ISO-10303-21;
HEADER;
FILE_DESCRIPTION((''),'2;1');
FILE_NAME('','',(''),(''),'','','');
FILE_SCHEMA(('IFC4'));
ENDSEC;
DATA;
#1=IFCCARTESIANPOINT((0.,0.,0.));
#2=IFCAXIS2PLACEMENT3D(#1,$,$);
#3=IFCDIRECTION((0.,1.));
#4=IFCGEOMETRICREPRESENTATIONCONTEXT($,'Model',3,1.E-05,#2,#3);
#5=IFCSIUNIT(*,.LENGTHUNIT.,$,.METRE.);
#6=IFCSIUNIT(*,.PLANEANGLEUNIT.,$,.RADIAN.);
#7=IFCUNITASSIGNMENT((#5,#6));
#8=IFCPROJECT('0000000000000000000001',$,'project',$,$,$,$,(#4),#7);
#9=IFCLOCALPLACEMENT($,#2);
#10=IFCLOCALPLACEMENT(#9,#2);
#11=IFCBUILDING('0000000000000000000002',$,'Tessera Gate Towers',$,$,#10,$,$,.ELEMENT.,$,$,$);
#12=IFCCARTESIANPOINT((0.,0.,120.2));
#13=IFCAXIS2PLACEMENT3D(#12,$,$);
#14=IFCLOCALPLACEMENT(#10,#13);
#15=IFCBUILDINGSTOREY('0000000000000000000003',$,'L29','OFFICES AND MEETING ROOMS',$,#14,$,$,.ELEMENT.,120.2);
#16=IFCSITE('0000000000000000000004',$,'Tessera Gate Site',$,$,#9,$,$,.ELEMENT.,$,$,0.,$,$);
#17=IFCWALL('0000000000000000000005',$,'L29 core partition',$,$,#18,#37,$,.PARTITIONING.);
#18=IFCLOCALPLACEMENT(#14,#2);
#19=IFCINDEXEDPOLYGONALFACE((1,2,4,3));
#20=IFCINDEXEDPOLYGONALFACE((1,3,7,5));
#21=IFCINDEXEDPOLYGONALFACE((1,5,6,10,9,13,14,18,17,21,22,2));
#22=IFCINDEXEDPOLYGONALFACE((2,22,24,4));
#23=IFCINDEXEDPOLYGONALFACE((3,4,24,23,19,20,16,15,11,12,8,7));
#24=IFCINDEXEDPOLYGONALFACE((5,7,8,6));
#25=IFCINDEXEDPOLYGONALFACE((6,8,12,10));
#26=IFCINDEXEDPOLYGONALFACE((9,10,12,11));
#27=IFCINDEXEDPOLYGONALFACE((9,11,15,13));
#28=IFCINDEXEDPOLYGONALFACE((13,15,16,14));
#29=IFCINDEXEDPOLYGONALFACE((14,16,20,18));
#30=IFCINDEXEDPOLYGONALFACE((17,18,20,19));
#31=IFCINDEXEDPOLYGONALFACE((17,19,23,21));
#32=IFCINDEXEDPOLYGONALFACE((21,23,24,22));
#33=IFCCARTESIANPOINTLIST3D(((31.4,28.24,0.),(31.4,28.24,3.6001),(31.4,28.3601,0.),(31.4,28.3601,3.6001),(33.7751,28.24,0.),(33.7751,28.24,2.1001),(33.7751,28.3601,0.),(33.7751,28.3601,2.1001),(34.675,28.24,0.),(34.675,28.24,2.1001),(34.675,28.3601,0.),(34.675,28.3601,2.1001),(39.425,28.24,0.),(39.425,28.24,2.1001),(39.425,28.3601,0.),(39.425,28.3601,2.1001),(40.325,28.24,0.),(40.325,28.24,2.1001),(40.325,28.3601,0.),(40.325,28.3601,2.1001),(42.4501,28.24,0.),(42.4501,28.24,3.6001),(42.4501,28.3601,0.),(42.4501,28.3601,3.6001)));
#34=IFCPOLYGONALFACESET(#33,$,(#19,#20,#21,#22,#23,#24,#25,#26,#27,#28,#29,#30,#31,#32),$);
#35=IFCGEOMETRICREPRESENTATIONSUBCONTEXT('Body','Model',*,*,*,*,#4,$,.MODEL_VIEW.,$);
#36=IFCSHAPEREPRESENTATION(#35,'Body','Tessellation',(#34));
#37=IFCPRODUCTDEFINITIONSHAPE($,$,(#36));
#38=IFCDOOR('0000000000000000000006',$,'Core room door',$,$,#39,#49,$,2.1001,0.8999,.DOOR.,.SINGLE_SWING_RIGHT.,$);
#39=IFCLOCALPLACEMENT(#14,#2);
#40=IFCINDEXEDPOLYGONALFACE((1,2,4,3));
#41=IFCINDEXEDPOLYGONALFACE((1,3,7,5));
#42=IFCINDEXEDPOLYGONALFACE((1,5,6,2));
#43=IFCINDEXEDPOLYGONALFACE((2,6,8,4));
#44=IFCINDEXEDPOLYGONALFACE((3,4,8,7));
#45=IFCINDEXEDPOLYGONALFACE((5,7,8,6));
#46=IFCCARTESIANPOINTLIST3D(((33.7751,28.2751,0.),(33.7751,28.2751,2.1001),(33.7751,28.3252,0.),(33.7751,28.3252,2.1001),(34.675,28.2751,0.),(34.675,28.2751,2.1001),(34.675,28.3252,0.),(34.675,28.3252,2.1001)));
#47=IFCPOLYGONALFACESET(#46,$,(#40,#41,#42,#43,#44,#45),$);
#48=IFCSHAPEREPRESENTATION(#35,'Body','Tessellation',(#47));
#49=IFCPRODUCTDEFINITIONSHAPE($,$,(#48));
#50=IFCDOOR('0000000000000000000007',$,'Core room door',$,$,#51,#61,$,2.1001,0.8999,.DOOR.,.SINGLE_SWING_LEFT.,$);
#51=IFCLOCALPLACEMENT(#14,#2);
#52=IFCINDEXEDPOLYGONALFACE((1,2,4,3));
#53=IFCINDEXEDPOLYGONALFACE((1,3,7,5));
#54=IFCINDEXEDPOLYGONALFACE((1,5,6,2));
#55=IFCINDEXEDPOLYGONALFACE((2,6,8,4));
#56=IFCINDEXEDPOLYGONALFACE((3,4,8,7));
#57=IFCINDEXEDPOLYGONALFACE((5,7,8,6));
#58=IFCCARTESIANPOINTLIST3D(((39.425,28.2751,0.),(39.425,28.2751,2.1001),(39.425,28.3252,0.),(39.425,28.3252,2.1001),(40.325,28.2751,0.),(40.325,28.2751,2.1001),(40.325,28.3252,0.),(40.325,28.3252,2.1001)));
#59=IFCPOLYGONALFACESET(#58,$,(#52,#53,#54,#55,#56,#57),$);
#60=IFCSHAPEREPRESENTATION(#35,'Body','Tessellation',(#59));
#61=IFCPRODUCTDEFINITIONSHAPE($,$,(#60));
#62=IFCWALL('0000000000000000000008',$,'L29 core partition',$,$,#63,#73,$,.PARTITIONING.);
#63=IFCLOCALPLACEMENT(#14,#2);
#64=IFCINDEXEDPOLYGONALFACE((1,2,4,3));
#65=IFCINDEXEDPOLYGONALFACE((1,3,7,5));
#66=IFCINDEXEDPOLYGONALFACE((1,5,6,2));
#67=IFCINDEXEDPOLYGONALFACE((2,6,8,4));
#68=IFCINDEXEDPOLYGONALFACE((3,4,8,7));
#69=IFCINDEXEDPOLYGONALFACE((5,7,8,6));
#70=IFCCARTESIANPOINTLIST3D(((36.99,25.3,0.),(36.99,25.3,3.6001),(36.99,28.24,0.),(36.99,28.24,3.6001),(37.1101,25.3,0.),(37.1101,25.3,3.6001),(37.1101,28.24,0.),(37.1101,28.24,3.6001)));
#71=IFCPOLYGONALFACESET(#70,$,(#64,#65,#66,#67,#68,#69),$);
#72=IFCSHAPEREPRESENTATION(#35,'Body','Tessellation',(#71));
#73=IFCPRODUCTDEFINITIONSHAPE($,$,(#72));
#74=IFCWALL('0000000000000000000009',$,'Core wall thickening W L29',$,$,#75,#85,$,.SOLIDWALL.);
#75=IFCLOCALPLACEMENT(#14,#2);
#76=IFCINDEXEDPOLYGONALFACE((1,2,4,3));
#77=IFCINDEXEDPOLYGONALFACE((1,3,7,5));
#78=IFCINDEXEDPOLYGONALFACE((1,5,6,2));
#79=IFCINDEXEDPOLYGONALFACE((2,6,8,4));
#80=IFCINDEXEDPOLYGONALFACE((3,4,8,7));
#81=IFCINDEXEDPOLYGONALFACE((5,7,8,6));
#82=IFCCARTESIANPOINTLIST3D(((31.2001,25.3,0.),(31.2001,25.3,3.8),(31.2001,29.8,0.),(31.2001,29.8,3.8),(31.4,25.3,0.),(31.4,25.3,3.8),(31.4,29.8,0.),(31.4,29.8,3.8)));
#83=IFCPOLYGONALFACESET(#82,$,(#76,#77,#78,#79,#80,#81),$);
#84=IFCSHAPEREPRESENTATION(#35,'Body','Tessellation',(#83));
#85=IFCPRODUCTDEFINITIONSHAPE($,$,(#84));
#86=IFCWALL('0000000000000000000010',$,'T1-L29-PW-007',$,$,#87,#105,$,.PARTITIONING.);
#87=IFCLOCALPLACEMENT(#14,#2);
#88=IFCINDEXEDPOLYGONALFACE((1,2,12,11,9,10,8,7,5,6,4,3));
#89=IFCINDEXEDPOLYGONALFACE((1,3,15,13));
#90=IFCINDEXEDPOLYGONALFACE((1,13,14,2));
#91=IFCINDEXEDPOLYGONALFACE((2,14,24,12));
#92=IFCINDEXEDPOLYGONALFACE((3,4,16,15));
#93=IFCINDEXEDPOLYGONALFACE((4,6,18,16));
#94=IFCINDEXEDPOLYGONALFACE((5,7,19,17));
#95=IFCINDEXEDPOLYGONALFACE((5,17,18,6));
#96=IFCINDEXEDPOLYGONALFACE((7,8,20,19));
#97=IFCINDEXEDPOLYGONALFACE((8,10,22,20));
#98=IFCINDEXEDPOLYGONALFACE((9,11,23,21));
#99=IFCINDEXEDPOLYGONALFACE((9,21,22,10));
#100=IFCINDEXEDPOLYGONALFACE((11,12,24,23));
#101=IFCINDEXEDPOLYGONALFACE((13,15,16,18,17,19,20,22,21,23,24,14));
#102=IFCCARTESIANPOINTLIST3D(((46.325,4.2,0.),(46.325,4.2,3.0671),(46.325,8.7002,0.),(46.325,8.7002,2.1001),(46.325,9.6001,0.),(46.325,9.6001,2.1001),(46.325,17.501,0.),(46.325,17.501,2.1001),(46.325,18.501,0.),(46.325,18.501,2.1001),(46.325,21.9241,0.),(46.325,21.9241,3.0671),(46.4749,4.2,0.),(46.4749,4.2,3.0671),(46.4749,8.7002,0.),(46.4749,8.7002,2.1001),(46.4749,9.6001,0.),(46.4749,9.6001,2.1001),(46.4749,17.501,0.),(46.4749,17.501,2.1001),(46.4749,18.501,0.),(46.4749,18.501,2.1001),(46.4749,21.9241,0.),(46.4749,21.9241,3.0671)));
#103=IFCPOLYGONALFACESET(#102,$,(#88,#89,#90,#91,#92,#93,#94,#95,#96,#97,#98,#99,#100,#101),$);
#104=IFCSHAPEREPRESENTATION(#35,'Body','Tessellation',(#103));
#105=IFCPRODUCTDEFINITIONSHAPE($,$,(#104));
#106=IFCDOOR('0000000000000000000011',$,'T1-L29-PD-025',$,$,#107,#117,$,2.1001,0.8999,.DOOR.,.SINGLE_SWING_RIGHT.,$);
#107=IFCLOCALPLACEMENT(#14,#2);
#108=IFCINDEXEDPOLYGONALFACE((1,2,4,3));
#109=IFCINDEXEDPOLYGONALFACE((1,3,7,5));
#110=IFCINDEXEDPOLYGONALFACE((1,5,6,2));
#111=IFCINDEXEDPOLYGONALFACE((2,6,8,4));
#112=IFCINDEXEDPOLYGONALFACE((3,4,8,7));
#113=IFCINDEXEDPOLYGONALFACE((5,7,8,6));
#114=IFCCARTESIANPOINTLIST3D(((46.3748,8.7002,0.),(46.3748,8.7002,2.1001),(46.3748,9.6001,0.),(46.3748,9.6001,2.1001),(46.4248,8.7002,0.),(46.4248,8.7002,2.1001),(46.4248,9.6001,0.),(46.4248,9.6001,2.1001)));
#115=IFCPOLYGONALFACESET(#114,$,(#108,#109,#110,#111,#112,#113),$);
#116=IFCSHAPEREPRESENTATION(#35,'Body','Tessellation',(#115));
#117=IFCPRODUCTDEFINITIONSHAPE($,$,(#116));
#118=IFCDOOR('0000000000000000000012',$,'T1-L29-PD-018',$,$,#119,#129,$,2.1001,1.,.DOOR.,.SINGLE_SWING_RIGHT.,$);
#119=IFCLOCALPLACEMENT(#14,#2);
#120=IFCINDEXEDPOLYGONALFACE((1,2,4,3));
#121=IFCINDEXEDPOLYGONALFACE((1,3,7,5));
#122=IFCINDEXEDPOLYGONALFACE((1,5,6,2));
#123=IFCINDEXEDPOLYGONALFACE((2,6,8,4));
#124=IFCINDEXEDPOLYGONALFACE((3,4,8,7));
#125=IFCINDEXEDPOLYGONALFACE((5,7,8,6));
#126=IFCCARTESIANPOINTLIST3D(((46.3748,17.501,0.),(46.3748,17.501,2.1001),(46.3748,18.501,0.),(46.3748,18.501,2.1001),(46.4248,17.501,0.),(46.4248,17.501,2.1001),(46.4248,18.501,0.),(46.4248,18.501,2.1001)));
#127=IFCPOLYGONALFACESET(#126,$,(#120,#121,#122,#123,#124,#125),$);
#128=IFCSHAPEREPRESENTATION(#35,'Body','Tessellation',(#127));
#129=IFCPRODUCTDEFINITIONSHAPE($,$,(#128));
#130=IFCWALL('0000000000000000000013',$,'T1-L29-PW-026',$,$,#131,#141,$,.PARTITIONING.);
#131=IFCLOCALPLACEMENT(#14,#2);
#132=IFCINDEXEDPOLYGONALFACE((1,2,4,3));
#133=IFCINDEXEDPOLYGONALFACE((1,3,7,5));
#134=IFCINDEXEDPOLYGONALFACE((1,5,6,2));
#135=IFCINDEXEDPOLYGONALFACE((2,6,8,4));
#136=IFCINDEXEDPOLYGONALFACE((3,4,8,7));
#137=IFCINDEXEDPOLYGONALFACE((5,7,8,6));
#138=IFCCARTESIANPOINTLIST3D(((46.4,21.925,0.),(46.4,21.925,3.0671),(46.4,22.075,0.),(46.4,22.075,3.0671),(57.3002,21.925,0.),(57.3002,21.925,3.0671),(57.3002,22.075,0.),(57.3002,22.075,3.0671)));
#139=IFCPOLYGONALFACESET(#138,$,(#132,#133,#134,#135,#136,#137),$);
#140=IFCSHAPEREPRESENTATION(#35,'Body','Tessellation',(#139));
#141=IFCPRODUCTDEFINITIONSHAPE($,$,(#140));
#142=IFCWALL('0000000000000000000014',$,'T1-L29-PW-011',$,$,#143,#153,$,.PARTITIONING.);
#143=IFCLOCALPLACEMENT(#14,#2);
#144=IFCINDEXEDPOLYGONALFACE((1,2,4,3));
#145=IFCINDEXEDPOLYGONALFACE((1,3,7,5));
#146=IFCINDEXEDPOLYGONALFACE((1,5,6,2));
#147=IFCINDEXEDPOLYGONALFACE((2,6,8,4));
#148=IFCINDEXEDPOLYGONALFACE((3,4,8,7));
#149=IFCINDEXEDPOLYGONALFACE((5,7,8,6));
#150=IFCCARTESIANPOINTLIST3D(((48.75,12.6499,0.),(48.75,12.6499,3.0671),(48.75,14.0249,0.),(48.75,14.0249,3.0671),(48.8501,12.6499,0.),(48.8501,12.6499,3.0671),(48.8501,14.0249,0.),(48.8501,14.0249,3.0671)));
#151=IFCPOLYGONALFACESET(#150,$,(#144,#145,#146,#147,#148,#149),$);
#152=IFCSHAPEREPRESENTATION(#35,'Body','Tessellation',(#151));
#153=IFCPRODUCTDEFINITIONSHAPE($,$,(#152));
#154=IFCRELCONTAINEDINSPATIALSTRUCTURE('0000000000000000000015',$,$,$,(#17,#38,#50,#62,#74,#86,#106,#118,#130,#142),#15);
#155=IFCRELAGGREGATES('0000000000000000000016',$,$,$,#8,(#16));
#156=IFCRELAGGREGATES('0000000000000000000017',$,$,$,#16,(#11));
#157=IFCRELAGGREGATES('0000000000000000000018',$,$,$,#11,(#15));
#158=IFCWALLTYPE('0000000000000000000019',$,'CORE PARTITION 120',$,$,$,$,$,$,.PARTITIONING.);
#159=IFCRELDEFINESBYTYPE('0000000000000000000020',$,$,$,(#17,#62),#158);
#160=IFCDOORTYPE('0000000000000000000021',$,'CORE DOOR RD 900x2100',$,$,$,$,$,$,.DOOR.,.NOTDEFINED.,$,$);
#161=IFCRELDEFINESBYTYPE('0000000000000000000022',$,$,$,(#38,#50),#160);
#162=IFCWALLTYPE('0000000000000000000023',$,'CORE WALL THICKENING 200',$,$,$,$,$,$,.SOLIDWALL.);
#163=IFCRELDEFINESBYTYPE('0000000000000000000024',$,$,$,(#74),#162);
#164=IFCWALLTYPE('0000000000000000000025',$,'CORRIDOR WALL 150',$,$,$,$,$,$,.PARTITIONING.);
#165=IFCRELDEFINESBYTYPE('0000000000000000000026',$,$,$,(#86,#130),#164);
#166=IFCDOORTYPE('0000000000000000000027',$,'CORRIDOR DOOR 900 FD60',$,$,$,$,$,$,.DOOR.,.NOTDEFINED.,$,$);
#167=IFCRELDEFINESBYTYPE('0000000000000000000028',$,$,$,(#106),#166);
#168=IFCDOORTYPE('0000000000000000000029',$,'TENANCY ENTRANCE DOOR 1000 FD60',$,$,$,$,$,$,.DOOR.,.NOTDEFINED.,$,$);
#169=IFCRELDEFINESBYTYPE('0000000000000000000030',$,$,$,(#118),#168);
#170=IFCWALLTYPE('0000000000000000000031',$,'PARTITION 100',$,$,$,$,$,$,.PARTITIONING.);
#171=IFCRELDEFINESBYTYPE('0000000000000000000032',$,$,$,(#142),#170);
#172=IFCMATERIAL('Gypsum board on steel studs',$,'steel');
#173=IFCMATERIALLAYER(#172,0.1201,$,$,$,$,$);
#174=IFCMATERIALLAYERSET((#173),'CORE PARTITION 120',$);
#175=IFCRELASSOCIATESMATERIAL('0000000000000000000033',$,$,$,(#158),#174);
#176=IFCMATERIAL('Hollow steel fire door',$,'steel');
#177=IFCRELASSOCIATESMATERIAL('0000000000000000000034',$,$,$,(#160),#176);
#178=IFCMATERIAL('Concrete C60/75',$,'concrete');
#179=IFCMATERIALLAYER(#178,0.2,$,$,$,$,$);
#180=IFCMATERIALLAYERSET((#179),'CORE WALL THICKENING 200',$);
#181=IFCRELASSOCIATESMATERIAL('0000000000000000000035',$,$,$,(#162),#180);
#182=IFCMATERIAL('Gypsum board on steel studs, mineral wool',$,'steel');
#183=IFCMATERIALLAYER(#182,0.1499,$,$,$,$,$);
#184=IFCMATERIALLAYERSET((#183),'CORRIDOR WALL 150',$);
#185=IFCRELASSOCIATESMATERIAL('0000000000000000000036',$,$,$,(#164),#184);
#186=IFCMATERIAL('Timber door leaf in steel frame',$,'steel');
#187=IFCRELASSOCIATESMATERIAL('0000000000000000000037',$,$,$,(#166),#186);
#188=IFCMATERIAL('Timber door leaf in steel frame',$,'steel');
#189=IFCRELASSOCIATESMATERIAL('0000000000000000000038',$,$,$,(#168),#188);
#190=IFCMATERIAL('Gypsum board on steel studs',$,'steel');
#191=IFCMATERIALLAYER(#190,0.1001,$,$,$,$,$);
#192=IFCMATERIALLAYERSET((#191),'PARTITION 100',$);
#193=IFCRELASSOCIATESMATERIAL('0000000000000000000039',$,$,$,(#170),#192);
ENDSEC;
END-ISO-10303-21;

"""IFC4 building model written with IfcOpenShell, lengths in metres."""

from ifc_helpers import new_model, si_unit, direction, frame, frame_2d, origin, place, context, subcontext, project, spatial, rectangle, extrude, source, transform, mapped, material, layer, layer_set, type_object, element, fill, save


model = new_model("IFC4")

# Units and contexts
model_context = context("Model", 3, precision=1e-05, world=origin(), true_north=direction((0.0, 1.0)))
body_context = subcontext(model_context, "Body", "Model", "MODEL_VIEW")
ifc_project = project(units=[si_unit("LENGTHUNIT", "METRE"), si_unit("PLANEANGLEUNIT", "RADIAN")], contexts=[model_context])

# Site, building, storey
site_placement = place(None, origin())
site = spatial("IfcSite", under=ifc_project, at=site_placement, Name="Tessera Gate Site", CompositionType="ELEMENT", RefElevation=0.0)
building_placement = place(site_placement, origin())
building = spatial("IfcBuilding", under=site, at=building_placement, Name="Tessera Gate Towers", CompositionType="ELEMENT")
storey_placement = place(building_placement, frame((0.0, 0.0, 120.2)))
storey = spatial("IfcBuildingStorey", under=building, at=storey_placement, Name="L29", Description="OFFICES AND MEETING ROOMS", CompositionType="ELEMENT", Elevation=120.2)

# Wall, openings, doors
ifc_material_1 = material(Name="Gypsum board on steel studs", Category="steel")
ifc_layer_1 = layer(ifc_material_1, 0.1201)
ifc_layer_set_1 = layer_set([ifc_layer_1], Name="CORE PARTITION 120")
wall_type_1 = type_object("IfcWallType", Name="CORE PARTITION 120", PredefinedType="PARTITIONING", material=ifc_layer_set_1)
wall_1_placement = place(storey_placement, frame((42.45, 28.3, 0.0), z_axis=(0.0, 0.0, 1.0), x_axis=(-1.0, 0.0, 0.0)))
wall_1 = element("IfcWall", 1, at=wall_1_placement, inside=storey, type_object=wall_type_1, Name="L29 core partition", PredefinedType="PARTITIONING", context=body_context, shape_type="SweptSolid", body=[
    extrude(rectangle(XDim=11.05, YDim=0.1201, at=frame_2d((5.5249, 0.0))), origin(), (0.0, 0.0, 1.0), 3.6001),
])
shared_shape_1 = source(origin(), body_context, "Body", "SweptSolid", [
    extrude(rectangle(XDim=0.8999, YDim=2.1001, at=frame_2d((0.45, 1.05))), frame((0.0, 0.0701, 0.0), z_axis=(0.0, -1.0, 0.0), x_axis=(1.0, 0.0, 0.0)), (0.0, 0.0, 1.0), 0.1401),
])
opening_1_placement = place(wall_1_placement, frame((7.7749, 0.0, 0.0)))
opening_1 = element("IfcOpeningElement", 2, at=opening_1_placement, cuts=wall_1, PredefinedType="OPENING", context=body_context, shape_type="MappedRepresentation", body=[
    mapped(shared_shape_1, transform((0.0, 0.0, 0.0), scale=1.0)),
])
opening_2_placement = place(wall_1_placement, frame((2.125, 0.0, 0.0)))
opening_2 = element("IfcOpeningElement", 3, at=opening_2_placement, cuts=wall_1, PredefinedType="OPENING", context=body_context, shape_type="MappedRepresentation", body=[
    mapped(shared_shape_1, transform((0.0, 0.0, 0.0), scale=1.0)),
])
ifc_material_2 = material(Name="Hollow steel fire door", Category="steel")
door_type_1 = type_object("IfcDoorType", Name="CORE DOOR RD 900x2100", OperationType="NOTDEFINED", PredefinedType="DOOR", material=ifc_material_2)
shared_shape_2 = source(origin(), body_context, "Body", "SweptSolid", [
    extrude(rectangle(XDim=0.8999, YDim=2.1001, at=frame_2d((0.45, 1.05))), frame((0.0, 0.0249, 0.0), z_axis=(0.0, -1.0, 0.0), x_axis=(1.0, 0.0, 0.0)), (0.0, 0.0, 1.0), 0.05),
])
door_1_placement = place(opening_1_placement, origin())
door_1 = element("IfcDoor", 4, at=door_1_placement, inside=storey, type_object=door_type_1, Name="Core room door", OperationType="SINGLE_SWING_RIGHT", OverallHeight=2.1001, OverallWidth=0.8999, PredefinedType="DOOR", context=body_context, shape_type="MappedRepresentation", body=[
    mapped(shared_shape_2, transform((0.0, 0.0, 0.0), scale=1.0)),
])
fill(opening_1, door_1)
door_2_placement = place(opening_2_placement, origin())
door_2 = element("IfcDoor", 5, at=door_2_placement, inside=storey, type_object=door_type_1, Name="Core room door", OperationType="SINGLE_SWING_LEFT", OverallHeight=2.1001, OverallWidth=0.8999, PredefinedType="DOOR", context=body_context, shape_type="MappedRepresentation", body=[
    mapped(shared_shape_2, transform((0.0, 0.0, 0.0), scale=1.0)),
])
fill(opening_2, door_2)

# Walls
wall_2_placement = place(storey_placement, frame((37.05, 25.3, 0.0), z_axis=(0.0, 0.0, 1.0), x_axis=(0.0, 1.0, 0.0)))
element("IfcWall", 6, at=wall_2_placement, inside=storey, type_object=wall_type_1, Name="L29 core partition", PredefinedType="PARTITIONING", context=body_context, shape_type="SweptSolid", body=[
    extrude(rectangle(XDim=2.9399, YDim=0.1201, at=frame_2d((1.47, 0.0))), origin(), (0.0, 0.0, 1.0), 3.6001),
])
ifc_material_3 = material(Name="Concrete C60/75", Category="concrete")
ifc_layer_2 = layer(ifc_material_3, 0.2)
ifc_layer_set_2 = layer_set([ifc_layer_2], Name="CORE WALL THICKENING 200")
wall_type_2 = type_object("IfcWallType", Name="CORE WALL THICKENING 200", PredefinedType="SOLIDWALL", material=ifc_layer_set_2)
wall_3_placement = place(storey_placement, frame((31.3, 25.3, 0.0), z_axis=(0.0, 0.0, 1.0), x_axis=(0.0, 1.0, 0.0)))
element("IfcWall", 7, at=wall_3_placement, inside=storey, type_object=wall_type_2, Name="Core wall thickening W L29", PredefinedType="SOLIDWALL", context=body_context, shape_type="SweptSolid", body=[
    extrude(rectangle(XDim=4.5, YDim=0.2, at=frame_2d((2.25, 0.0))), origin(), (0.0, 0.0, 1.0), 3.8),
])

# Wall, openings, doors
ifc_material_4 = material(Name="Gypsum board on steel studs, mineral wool", Category="steel")
ifc_layer_3 = layer(ifc_material_4, 0.1499)
ifc_layer_set_3 = layer_set([ifc_layer_3], Name="CORRIDOR WALL 150")
wall_type_3 = type_object("IfcWallType", Name="CORRIDOR WALL 150", PredefinedType="PARTITIONING", material=ifc_layer_set_3)
wall_4_placement = place(storey_placement, frame((46.3999, 21.9241, 0.0), z_axis=(0.0, 0.0, 1.0), x_axis=(0.0, -1.0, 0.0)))
wall_4 = element("IfcWall", 8, at=wall_4_placement, inside=storey, type_object=wall_type_3, Name="T1-L29-PW-007", PredefinedType="PARTITIONING", context=body_context, shape_type="SweptSolid", body=[
    extrude(rectangle(XDim=17.7241, YDim=0.1499, at=frame_2d((8.8621, 0.0))), origin(), (0.0, 0.0, 1.0), 3.0671),
])
shared_shape_3 = source(origin(), body_context, "Body", "SweptSolid", [
    extrude(rectangle(XDim=1.0, YDim=2.1001, at=frame_2d((0.5, 1.05))), frame((0.0, 0.085, 0.0), z_axis=(0.0, -1.0, 0.0), x_axis=(1.0, 0.0, 0.0)), (0.0, 0.0, 1.0), 0.1699),
])
opening_3_placement = place(wall_4_placement, frame((3.4231, 0.0, 0.0)))
opening_3 = element("IfcOpeningElement", 9, at=opening_3_placement, cuts=wall_4, PredefinedType="OPENING", context=body_context, shape_type="MappedRepresentation", body=[
    mapped(shared_shape_3, transform((0.0, 0.0, 0.0), scale=1.0)),
])
shared_shape_4 = source(origin(), body_context, "Body", "SweptSolid", [
    extrude(rectangle(XDim=0.8999, YDim=2.1001, at=frame_2d((0.45, 1.05))), frame((0.0, 0.085, 0.0), z_axis=(0.0, -1.0, 0.0), x_axis=(1.0, 0.0, 0.0)), (0.0, 0.0, 1.0), 0.1699),
])
opening_4_placement = place(wall_4_placement, frame((12.324, 0.0, 0.0)))
opening_4 = element("IfcOpeningElement", 10, at=opening_4_placement, cuts=wall_4, PredefinedType="OPENING", context=body_context, shape_type="MappedRepresentation", body=[
    mapped(shared_shape_4, transform((0.0, 0.0, 0.0), scale=1.0)),
])
ifc_material_5 = material(Name="Timber door leaf in steel frame", Category="steel")
door_type_2 = type_object("IfcDoorType", Name="CORRIDOR DOOR 900 FD60", OperationType="NOTDEFINED", PredefinedType="DOOR", material=ifc_material_5)
door_3_placement = place(opening_4_placement, origin())
door_3 = element("IfcDoor", 11, at=door_3_placement, inside=storey, type_object=door_type_2, Name="T1-L29-PD-025", OperationType="SINGLE_SWING_RIGHT", OverallHeight=2.1001, OverallWidth=0.8999, PredefinedType="DOOR", context=body_context, shape_type="MappedRepresentation", body=[
    mapped(shared_shape_2, transform((0.0, 0.0, 0.0), scale=1.0)),
])
fill(opening_4, door_3)
ifc_material_6 = material(Name="Timber door leaf in steel frame", Category="steel")
door_type_3 = type_object("IfcDoorType", Name="TENANCY ENTRANCE DOOR 1000 FD60", OperationType="NOTDEFINED", PredefinedType="DOOR", material=ifc_material_6)
shared_shape_5 = source(origin(), body_context, "Body", "SweptSolid", [
    extrude(rectangle(XDim=1.0, YDim=2.1001, at=frame_2d((0.5, 1.05))), frame((0.0, 0.0249, 0.0), z_axis=(0.0, -1.0, 0.0), x_axis=(1.0, 0.0, 0.0)), (0.0, 0.0, 1.0), 0.05),
])
door_4_placement = place(opening_3_placement, origin())
door_4 = element("IfcDoor", 12, at=door_4_placement, inside=storey, type_object=door_type_3, Name="T1-L29-PD-018", OperationType="SINGLE_SWING_RIGHT", OverallHeight=2.1001, OverallWidth=1.0, PredefinedType="DOOR", context=body_context, shape_type="MappedRepresentation", body=[
    mapped(shared_shape_5, transform((0.0, 0.0, 0.0), scale=1.0)),
])
fill(opening_3, door_4)

# Walls
wall_5_placement = place(storey_placement, frame((46.3999, 22.0, 0.0), z_axis=(0.0, 0.0, 1.0), x_axis=(1.0, 0.0, 0.0)))
element("IfcWall", 13, at=wall_5_placement, inside=storey, type_object=wall_type_3, Name="T1-L29-PW-026", PredefinedType="PARTITIONING", context=body_context, shape_type="SweptSolid", body=[
    extrude(rectangle(XDim=10.9001, YDim=0.1499, at=frame_2d((5.4502, 0.0))), origin(), (0.0, 0.0, 1.0), 3.0671),
])
ifc_material_7 = material(Name="Gypsum board on steel studs", Category="steel")
ifc_layer_4 = layer(ifc_material_7, 0.1001)
ifc_layer_set_4 = layer_set([ifc_layer_4], Name="PARTITION 100")
wall_type_4 = type_object("IfcWallType", Name="PARTITION 100", PredefinedType="PARTITIONING", material=ifc_layer_set_4)
wall_6_placement = place(storey_placement, frame((48.8, 12.6499, 0.0), z_axis=(0.0, 0.0, 1.0), x_axis=(0.0, 1.0, 0.0)))
element("IfcWall", 14, at=wall_6_placement, inside=storey, type_object=wall_type_4, Name="T1-L29-PW-011", PredefinedType="PARTITIONING", context=body_context, shape_type="SweptSolid", body=[
    extrude(rectangle(XDim=1.375, YDim=0.1001, at=frame_2d((0.6875, 0.0))), origin(), (0.0, 0.0, 1.0), 3.0671),
])

save(model, "model.ifc")
